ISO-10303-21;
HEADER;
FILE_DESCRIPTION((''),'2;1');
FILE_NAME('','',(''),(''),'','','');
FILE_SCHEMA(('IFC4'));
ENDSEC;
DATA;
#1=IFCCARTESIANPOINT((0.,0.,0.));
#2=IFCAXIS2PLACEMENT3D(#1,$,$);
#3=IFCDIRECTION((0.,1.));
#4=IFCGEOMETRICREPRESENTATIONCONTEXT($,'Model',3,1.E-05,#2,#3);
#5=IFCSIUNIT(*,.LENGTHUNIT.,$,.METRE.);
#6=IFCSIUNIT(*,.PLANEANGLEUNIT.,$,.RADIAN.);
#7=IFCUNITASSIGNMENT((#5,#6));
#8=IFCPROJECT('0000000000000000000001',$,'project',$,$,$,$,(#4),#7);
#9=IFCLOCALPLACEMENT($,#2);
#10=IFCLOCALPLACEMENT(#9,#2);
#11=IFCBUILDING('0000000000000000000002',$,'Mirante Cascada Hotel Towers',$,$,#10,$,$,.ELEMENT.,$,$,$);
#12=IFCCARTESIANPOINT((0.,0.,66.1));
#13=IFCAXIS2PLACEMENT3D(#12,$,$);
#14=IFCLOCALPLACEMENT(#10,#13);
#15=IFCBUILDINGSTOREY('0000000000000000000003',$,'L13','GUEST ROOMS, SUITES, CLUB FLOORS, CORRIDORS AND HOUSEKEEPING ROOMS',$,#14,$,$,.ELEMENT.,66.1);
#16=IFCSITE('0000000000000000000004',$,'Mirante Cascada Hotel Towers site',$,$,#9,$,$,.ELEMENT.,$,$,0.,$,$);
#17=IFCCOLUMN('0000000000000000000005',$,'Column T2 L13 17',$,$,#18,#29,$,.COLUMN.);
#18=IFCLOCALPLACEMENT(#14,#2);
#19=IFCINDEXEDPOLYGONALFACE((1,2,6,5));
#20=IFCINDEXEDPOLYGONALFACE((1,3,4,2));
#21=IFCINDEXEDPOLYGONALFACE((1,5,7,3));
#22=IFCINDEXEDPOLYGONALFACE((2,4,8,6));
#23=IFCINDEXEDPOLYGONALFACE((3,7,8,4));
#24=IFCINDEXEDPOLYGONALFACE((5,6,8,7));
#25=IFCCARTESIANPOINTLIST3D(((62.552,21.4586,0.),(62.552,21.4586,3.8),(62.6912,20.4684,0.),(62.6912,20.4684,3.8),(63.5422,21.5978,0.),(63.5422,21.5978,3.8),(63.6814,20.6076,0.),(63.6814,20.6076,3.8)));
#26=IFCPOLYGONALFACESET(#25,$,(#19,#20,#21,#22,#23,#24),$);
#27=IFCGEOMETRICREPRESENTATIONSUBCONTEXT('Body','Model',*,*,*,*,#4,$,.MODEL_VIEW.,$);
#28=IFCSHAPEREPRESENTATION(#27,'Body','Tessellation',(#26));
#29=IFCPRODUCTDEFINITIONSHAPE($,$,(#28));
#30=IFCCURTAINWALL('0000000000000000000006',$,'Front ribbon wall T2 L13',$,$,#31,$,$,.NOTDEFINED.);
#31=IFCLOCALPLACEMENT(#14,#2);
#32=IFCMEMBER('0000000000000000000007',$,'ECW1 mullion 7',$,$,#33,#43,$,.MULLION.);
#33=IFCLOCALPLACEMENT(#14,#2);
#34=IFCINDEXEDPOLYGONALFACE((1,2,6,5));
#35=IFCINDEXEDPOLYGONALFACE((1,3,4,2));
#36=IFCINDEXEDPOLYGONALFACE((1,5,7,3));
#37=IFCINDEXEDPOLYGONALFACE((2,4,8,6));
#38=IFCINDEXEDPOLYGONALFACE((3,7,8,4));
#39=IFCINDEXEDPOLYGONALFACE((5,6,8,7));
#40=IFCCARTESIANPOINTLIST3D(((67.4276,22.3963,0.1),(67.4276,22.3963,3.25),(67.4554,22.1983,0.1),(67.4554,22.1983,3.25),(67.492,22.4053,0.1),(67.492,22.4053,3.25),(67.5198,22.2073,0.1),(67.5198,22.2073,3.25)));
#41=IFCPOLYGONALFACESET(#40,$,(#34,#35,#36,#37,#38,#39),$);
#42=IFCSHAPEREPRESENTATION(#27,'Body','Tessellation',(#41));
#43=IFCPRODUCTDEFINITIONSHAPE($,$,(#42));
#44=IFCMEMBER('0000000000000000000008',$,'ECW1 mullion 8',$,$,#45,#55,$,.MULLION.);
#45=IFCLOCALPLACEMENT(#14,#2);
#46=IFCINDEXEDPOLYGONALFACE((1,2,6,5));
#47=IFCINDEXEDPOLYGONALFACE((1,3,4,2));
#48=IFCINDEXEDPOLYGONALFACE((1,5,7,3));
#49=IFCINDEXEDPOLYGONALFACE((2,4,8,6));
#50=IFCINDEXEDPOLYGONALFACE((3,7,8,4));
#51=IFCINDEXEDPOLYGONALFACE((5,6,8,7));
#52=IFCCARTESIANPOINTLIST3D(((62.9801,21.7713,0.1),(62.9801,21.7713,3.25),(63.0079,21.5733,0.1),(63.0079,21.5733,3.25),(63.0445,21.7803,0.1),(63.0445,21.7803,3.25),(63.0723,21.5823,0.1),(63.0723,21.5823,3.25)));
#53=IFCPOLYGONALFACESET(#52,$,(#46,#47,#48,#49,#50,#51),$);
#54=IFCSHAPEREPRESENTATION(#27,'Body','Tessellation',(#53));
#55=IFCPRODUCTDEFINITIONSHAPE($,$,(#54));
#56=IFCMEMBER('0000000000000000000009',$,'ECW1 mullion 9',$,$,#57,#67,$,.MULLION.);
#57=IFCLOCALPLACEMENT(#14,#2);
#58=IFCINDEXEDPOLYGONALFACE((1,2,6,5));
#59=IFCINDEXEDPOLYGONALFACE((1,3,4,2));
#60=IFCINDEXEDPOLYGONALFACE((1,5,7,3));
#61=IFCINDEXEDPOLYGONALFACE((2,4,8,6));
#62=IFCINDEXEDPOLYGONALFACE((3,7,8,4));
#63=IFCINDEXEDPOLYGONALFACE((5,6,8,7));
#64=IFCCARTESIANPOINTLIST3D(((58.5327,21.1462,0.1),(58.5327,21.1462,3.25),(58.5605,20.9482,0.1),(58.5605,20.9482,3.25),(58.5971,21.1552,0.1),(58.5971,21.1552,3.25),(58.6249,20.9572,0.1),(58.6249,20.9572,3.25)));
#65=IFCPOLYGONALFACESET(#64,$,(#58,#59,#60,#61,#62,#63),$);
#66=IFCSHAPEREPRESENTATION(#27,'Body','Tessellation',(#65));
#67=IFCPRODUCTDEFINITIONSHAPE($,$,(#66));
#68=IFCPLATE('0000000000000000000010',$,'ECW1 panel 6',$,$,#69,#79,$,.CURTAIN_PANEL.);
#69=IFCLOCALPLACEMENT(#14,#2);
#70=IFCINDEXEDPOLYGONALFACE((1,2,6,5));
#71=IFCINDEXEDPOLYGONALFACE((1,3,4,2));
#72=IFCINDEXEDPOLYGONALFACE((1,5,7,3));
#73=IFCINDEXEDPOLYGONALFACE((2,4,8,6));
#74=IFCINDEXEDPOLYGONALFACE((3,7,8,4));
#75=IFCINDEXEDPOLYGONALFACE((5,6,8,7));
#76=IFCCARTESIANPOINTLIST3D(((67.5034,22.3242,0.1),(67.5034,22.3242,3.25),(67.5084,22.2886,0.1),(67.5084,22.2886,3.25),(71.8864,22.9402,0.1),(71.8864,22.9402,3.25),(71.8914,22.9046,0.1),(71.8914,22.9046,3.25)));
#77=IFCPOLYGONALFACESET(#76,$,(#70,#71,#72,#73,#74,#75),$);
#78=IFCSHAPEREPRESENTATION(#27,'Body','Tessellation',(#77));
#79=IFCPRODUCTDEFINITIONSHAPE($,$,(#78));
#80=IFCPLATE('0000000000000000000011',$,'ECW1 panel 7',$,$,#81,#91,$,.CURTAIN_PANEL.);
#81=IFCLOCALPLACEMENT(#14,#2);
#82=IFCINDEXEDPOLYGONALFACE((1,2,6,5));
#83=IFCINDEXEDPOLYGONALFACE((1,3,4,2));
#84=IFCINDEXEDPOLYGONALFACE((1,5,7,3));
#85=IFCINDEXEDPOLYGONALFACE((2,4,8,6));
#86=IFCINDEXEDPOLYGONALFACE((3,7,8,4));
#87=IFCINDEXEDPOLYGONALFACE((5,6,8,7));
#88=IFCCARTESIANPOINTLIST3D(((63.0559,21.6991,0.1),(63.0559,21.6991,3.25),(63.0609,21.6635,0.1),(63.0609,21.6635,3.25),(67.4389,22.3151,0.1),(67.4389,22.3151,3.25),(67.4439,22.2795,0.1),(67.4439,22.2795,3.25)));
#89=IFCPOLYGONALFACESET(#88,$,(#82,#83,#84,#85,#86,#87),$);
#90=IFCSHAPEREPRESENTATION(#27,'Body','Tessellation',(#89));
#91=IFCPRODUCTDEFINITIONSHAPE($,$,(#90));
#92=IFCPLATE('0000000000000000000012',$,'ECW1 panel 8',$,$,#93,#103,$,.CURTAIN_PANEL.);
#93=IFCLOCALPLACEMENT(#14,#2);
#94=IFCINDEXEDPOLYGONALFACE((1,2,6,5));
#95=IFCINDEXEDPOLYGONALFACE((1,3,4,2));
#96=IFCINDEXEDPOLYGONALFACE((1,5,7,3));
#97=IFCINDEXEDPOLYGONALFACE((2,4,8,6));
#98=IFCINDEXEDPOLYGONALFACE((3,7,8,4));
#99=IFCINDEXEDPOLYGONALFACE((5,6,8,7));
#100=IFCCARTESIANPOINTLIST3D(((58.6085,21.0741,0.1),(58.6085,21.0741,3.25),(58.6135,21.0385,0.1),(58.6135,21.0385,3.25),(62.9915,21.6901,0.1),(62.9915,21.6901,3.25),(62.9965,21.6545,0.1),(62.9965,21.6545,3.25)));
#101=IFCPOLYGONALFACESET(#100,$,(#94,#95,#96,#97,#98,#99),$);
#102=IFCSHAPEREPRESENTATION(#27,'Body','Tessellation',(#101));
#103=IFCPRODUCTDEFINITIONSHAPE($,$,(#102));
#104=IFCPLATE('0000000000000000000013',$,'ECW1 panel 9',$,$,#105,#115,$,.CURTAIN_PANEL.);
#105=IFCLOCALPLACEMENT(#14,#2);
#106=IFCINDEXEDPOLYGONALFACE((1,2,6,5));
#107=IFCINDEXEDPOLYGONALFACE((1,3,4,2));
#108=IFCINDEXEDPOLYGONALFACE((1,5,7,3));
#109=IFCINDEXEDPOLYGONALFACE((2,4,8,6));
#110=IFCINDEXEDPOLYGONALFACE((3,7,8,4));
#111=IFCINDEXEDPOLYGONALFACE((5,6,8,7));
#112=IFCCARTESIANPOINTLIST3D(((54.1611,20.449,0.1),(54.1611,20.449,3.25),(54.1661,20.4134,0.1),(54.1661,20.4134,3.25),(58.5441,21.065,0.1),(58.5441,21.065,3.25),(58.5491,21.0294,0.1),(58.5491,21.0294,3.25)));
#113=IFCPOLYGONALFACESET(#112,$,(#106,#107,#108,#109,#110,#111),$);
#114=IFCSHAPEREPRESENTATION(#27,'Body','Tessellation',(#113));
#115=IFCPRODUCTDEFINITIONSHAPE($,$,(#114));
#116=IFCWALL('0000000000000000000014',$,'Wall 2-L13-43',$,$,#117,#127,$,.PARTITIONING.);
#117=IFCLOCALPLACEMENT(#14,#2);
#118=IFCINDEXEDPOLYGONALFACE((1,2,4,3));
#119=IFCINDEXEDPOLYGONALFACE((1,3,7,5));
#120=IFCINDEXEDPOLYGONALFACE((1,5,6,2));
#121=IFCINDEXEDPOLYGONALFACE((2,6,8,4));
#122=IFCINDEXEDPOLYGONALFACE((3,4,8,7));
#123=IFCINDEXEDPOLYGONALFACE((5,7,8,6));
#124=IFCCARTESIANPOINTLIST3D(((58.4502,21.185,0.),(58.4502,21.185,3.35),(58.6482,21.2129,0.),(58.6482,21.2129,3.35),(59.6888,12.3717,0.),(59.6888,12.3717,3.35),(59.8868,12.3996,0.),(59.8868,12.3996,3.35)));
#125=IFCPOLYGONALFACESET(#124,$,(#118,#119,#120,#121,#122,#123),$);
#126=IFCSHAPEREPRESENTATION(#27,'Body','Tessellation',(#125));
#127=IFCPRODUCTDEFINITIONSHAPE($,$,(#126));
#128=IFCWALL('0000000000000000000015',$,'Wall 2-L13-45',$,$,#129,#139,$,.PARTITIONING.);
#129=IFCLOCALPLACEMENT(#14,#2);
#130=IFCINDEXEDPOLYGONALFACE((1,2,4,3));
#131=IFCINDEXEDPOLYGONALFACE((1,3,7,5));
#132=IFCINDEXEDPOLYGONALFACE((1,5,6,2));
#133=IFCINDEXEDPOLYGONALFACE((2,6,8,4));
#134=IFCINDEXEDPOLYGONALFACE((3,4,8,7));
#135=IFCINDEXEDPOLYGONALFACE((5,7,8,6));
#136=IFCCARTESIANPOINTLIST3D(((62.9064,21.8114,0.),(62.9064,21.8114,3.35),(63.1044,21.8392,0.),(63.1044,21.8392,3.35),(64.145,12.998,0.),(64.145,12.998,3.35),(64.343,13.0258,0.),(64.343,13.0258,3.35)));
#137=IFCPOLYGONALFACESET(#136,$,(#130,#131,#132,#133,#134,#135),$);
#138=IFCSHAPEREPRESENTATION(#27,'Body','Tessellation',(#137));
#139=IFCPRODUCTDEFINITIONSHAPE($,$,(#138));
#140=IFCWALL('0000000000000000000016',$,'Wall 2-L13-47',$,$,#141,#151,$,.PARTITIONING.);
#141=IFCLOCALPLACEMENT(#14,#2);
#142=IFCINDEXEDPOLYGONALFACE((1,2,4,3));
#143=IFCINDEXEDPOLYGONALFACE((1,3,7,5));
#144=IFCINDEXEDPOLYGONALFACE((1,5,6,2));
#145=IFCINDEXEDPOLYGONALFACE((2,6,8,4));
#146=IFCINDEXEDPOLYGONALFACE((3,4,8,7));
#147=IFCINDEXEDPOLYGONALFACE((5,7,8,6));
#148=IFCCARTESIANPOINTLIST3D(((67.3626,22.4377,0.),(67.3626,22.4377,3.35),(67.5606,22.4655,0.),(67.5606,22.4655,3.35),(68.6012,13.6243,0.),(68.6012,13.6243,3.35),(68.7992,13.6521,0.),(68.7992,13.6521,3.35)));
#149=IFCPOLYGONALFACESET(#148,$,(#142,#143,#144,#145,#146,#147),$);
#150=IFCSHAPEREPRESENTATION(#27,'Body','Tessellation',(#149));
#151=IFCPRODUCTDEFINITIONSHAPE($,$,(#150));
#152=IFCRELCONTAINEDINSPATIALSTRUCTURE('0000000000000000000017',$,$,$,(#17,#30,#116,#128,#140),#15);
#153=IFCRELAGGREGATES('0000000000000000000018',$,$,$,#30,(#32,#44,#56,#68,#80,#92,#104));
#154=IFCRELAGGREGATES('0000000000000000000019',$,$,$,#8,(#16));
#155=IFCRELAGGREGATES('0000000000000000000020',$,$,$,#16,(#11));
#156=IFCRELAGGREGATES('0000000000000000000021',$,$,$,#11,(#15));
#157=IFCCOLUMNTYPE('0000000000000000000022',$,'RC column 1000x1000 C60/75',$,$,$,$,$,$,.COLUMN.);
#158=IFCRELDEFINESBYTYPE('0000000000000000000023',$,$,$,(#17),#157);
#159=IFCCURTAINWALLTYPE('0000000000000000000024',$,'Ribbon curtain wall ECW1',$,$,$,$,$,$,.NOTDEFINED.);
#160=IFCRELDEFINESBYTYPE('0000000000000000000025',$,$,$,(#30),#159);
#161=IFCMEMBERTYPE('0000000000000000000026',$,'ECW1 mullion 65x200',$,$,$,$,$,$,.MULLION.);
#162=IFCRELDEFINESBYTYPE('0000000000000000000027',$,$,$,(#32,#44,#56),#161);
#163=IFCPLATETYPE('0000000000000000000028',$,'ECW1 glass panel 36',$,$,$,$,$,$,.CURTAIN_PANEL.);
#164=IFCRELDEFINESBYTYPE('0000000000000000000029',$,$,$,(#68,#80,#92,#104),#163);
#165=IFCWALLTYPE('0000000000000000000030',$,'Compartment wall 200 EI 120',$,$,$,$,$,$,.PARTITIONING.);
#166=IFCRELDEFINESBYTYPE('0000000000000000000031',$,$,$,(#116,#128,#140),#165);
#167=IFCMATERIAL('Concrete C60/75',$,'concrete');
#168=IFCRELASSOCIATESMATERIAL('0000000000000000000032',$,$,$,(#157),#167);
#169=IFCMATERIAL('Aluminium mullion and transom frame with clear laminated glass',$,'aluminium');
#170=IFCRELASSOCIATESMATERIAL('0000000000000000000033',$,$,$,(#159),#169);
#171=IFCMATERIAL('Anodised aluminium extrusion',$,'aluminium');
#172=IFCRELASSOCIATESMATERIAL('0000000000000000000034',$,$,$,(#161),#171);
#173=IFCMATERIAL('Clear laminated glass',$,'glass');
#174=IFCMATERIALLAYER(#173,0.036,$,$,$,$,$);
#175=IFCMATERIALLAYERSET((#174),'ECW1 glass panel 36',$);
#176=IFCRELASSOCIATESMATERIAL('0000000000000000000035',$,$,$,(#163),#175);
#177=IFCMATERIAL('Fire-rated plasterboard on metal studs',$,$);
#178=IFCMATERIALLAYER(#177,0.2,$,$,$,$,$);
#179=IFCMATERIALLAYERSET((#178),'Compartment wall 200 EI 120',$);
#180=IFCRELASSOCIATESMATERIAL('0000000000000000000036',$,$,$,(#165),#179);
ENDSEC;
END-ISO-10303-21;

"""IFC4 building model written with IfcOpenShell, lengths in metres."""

from ifc_helpers import new_model, si_unit, direction, frame, frame_2d, origin, origin_2d, place, context, subcontext, project, spatial, rectangle, extrude, material, layer, layer_set, material_profile, profile_set, type_object, element, aggregate, save


model = new_model("IFC4")

# Units and contexts
model_context = context("Model", 3, precision=1e-05, world=origin(), true_north=direction((0.0, 1.0)))
body_context = subcontext(model_context, "Body", "Model", "MODEL_VIEW")
ifc_project = project(units=[si_unit("LENGTHUNIT", "METRE"), si_unit("PLANEANGLEUNIT", "RADIAN")], contexts=[model_context])

# Site, building, storey
site_placement = place(None, origin())
site = spatial("IfcSite", under=ifc_project, at=site_placement, Name="Mirante Cascada Hotel Towers site", CompositionType="ELEMENT", RefElevation=0.0)
building_placement = place(site_placement, origin())
building = spatial("IfcBuilding", under=site, at=building_placement, Name="Mirante Cascada Hotel Towers", CompositionType="ELEMENT")
storey_placement = place(building_placement, frame((0.0, 0.0, 66.1)))
storey = spatial("IfcBuildingStorey", under=building, at=storey_placement, Name="L13", Description="GUEST ROOMS, SUITES, CLUB FLOORS, CORRIDORS AND HOUSEKEEPING ROOMS", CompositionType="ELEMENT", Elevation=66.1)

# Column
ifc_material_1 = material(Name="Concrete C60/75", Category="concrete")
ifc_material_profile_1 = material_profile(ifc_material_1, rectangle(XDim=1.0, YDim=1.0, at=origin_2d()), Name="RC column 1000x1000 C60/75")
ifc_profile_set_1 = profile_set([ifc_material_profile_1], Name="Concrete C60/75")
column_type = type_object("IfcColumnType", Name="RC column 1000x1000 C60/75", PredefinedType="COLUMN", material=ifc_profile_set_1)
column_placement = place(storey_placement, frame((63.1167, 21.0331, 0.0), z_axis=(0.0, 0.0, 1.0), x_axis=(0.990268, 0.139173, 0.0)))
element("IfcColumn", 1, at=column_placement, inside=storey, type_object=column_type, Name="Column T2 L13 17", PredefinedType="COLUMN", context=body_context, shape_type="SweptSolid", body=[
    extrude(rectangle(XDim=1.0, YDim=1.0, at=origin_2d()), origin(), (0.0, 0.0, 1.0), 3.8),
])

# Curtain wall, members, plates
ifc_material_2 = material(Name="Aluminium mullion and transom frame with clear laminated glass", Category="aluminium")
curtain_wall_type = type_object("IfcCurtainWallType", Name="Ribbon curtain wall ECW1", PredefinedType="NOTDEFINED", material=ifc_material_2)
curtain_wall_placement = place(storey_placement, origin())
curtain_wall = element("IfcCurtainWall", 2, at=curtain_wall_placement, inside=storey, type_object=curtain_wall_type, Name="Front ribbon wall T2 L13", PredefinedType="NOTDEFINED")
ifc_material_3 = material(Name="Anodised aluminium extrusion", Category="aluminium")
ifc_material_profile_2 = material_profile(ifc_material_3, rectangle(XDim=0.2, YDim=0.065, at=origin_2d()), Name="ECW1 MULLION 65x200")
ifc_profile_set_2 = profile_set([ifc_material_profile_2], Name="Anodised aluminium extrusion")
member_type = type_object("IfcMemberType", Name="ECW1 mullion 65x200", PredefinedType="MULLION", material=ifc_profile_set_2)
member_1_placement = place(storey_placement, frame((67.4737, 22.3018, 0.1), z_axis=(0.0, 0.0, 1.0), x_axis=(0.139173, -0.990268, 0.0)))
member_1 = element("IfcMember", 3, at=member_1_placement, type_object=member_type, Name="ECW1 mullion 7", PredefinedType="MULLION", context=body_context, shape_type="SweptSolid", body=[
    extrude(rectangle(XDim=0.2, YDim=0.065, at=origin_2d()), origin(), (0.0, 0.0, 1.0), 3.15),
])
member_2_placement = place(storey_placement, frame((63.0262, 21.6768, 0.1), z_axis=(0.0, 0.0, 1.0), x_axis=(0.139173, -0.990268, 0.0)))
member_2 = element("IfcMember", 4, at=member_2_placement, type_object=member_type, Name="ECW1 mullion 8", PredefinedType="MULLION", context=body_context, shape_type="SweptSolid", body=[
    extrude(rectangle(XDim=0.2, YDim=0.065, at=origin_2d()), origin(), (0.0, 0.0, 1.0), 3.15),
])
member_3_placement = place(storey_placement, frame((58.5788, 21.0517, 0.1), z_axis=(0.0, 0.0, 1.0), x_axis=(0.139173, -0.990268, 0.0)))
member_3 = element("IfcMember", 5, at=member_3_placement, type_object=member_type, Name="ECW1 mullion 9", PredefinedType="MULLION", context=body_context, shape_type="SweptSolid", body=[
    extrude(rectangle(XDim=0.2, YDim=0.065, at=origin_2d()), origin(), (0.0, 0.0, 1.0), 3.15),
])
ifc_material_4 = material(Name="Clear laminated glass", Category="glass")
ifc_layer_1 = layer(ifc_material_4, 0.036)
ifc_layer_set_1 = layer_set([ifc_layer_1], Name="ECW1 glass panel 36")
plate_type = type_object("IfcPlateType", Name="ECW1 glass panel 36", PredefinedType="CURTAIN_PANEL", material=ifc_layer_set_1)
plate_1_placement = place(storey_placement, frame((69.6974, 22.6144, 0.1), z_axis=(0.0, 0.0, 1.0), x_axis=(-0.990268, -0.139173, 0.0)))
plate_1 = element("IfcPlate", 6, at=plate_1_placement, type_object=plate_type, Name="ECW1 panel 6", PredefinedType="CURTAIN_PANEL", context=body_context, shape_type="SweptSolid", body=[
    extrude(rectangle(XDim=4.4261, YDim=0.036, at=origin_2d()), origin(), (0.0, 0.0, 1.0), 3.15),
])
plate_2_placement = place(storey_placement, frame((65.2499, 21.9893, 0.1), z_axis=(0.0, 0.0, 1.0), x_axis=(-0.990268, -0.139173, 0.0)))
plate_2 = element("IfcPlate", 7, at=plate_2_placement, type_object=plate_type, Name="ECW1 panel 7", PredefinedType="CURTAIN_PANEL", context=body_context, shape_type="SweptSolid", body=[
    extrude(rectangle(XDim=4.4261, YDim=0.036, at=origin_2d()), origin(), (0.0, 0.0, 1.0), 3.15),
])
plate_3_placement = place(storey_placement, frame((60.8025, 21.3643, 0.1), z_axis=(0.0, 0.0, 1.0), x_axis=(-0.990268, -0.139173, 0.0)))
plate_3 = element("IfcPlate", 8, at=plate_3_placement, type_object=plate_type, Name="ECW1 panel 8", PredefinedType="CURTAIN_PANEL", context=body_context, shape_type="SweptSolid", body=[
    extrude(rectangle(XDim=4.4261, YDim=0.036, at=origin_2d()), origin(), (0.0, 0.0, 1.0), 3.15),
])
plate_4_placement = place(storey_placement, frame((56.3551, 20.7392, 0.1), z_axis=(0.0, 0.0, 1.0), x_axis=(-0.990268, -0.139173, 0.0)))
plate_4 = element("IfcPlate", 9, at=plate_4_placement, type_object=plate_type, Name="ECW1 panel 9", PredefinedType="CURTAIN_PANEL", context=body_context, shape_type="SweptSolid", body=[
    extrude(rectangle(XDim=4.4261, YDim=0.036, at=origin_2d()), origin(), (0.0, 0.0, 1.0), 3.15),
])
aggregate(curtain_wall, [member_1, member_2, member_3, plate_1, plate_2, plate_3, plate_4])

# Walls
ifc_material_5 = material(Name="Fire-rated plasterboard on metal studs")
ifc_layer_2 = layer(ifc_material_5, 0.2)
ifc_layer_set_2 = layer_set([ifc_layer_2], Name="Compartment wall 200 EI 120")
wall_type_1 = type_object("IfcWallType", Name="Compartment wall 200 EI 120", PredefinedType="PARTITIONING", material=ifc_layer_set_2)
wall_1_placement = place(storey_placement, frame((58.5492, 21.199, 0.0), z_axis=(0.0, 0.0, 1.0), x_axis=(0.13917, -0.990268, 0.0)))
element("IfcWall", 10, at=wall_1_placement, inside=storey, type_object=wall_type_1, Name="Wall 2-L13-43", PredefinedType="PARTITIONING", context=body_context, shape_type="SweptSolid", body=[
    extrude(rectangle(XDim=8.8999, YDim=0.2, at=frame_2d((4.45, 0.0))), origin(), (0.0, 0.0, 1.0), 3.35),
])
for number, where, z_axis, x_axis, name in (
    (11, (63.0054, 21.8253, 0.0), (0.0, 0.0, 1.0), (0.139168, -0.990269, 0.0), "Wall 2-L13-45"),
    (12, (67.4616, 22.4516, 0.0), (0.0, 0.0, 1.0), (0.139168, -0.990269, 0.0), "Wall 2-L13-47"),
):
    element("IfcWall", number, at=place(storey_placement, frame(where, z_axis=z_axis, x_axis=x_axis)), inside=storey, type_object=wall_type_1, Name=name, PredefinedType="PARTITIONING", context=body_context, shape_type="SweptSolid", body=[
        extrude(rectangle(XDim=8.9, YDim=0.2, at=frame_2d((4.45, 0.0))), origin(), (0.0, 0.0, 1.0), 3.35),
    ])

save(model, "model.ifc")
